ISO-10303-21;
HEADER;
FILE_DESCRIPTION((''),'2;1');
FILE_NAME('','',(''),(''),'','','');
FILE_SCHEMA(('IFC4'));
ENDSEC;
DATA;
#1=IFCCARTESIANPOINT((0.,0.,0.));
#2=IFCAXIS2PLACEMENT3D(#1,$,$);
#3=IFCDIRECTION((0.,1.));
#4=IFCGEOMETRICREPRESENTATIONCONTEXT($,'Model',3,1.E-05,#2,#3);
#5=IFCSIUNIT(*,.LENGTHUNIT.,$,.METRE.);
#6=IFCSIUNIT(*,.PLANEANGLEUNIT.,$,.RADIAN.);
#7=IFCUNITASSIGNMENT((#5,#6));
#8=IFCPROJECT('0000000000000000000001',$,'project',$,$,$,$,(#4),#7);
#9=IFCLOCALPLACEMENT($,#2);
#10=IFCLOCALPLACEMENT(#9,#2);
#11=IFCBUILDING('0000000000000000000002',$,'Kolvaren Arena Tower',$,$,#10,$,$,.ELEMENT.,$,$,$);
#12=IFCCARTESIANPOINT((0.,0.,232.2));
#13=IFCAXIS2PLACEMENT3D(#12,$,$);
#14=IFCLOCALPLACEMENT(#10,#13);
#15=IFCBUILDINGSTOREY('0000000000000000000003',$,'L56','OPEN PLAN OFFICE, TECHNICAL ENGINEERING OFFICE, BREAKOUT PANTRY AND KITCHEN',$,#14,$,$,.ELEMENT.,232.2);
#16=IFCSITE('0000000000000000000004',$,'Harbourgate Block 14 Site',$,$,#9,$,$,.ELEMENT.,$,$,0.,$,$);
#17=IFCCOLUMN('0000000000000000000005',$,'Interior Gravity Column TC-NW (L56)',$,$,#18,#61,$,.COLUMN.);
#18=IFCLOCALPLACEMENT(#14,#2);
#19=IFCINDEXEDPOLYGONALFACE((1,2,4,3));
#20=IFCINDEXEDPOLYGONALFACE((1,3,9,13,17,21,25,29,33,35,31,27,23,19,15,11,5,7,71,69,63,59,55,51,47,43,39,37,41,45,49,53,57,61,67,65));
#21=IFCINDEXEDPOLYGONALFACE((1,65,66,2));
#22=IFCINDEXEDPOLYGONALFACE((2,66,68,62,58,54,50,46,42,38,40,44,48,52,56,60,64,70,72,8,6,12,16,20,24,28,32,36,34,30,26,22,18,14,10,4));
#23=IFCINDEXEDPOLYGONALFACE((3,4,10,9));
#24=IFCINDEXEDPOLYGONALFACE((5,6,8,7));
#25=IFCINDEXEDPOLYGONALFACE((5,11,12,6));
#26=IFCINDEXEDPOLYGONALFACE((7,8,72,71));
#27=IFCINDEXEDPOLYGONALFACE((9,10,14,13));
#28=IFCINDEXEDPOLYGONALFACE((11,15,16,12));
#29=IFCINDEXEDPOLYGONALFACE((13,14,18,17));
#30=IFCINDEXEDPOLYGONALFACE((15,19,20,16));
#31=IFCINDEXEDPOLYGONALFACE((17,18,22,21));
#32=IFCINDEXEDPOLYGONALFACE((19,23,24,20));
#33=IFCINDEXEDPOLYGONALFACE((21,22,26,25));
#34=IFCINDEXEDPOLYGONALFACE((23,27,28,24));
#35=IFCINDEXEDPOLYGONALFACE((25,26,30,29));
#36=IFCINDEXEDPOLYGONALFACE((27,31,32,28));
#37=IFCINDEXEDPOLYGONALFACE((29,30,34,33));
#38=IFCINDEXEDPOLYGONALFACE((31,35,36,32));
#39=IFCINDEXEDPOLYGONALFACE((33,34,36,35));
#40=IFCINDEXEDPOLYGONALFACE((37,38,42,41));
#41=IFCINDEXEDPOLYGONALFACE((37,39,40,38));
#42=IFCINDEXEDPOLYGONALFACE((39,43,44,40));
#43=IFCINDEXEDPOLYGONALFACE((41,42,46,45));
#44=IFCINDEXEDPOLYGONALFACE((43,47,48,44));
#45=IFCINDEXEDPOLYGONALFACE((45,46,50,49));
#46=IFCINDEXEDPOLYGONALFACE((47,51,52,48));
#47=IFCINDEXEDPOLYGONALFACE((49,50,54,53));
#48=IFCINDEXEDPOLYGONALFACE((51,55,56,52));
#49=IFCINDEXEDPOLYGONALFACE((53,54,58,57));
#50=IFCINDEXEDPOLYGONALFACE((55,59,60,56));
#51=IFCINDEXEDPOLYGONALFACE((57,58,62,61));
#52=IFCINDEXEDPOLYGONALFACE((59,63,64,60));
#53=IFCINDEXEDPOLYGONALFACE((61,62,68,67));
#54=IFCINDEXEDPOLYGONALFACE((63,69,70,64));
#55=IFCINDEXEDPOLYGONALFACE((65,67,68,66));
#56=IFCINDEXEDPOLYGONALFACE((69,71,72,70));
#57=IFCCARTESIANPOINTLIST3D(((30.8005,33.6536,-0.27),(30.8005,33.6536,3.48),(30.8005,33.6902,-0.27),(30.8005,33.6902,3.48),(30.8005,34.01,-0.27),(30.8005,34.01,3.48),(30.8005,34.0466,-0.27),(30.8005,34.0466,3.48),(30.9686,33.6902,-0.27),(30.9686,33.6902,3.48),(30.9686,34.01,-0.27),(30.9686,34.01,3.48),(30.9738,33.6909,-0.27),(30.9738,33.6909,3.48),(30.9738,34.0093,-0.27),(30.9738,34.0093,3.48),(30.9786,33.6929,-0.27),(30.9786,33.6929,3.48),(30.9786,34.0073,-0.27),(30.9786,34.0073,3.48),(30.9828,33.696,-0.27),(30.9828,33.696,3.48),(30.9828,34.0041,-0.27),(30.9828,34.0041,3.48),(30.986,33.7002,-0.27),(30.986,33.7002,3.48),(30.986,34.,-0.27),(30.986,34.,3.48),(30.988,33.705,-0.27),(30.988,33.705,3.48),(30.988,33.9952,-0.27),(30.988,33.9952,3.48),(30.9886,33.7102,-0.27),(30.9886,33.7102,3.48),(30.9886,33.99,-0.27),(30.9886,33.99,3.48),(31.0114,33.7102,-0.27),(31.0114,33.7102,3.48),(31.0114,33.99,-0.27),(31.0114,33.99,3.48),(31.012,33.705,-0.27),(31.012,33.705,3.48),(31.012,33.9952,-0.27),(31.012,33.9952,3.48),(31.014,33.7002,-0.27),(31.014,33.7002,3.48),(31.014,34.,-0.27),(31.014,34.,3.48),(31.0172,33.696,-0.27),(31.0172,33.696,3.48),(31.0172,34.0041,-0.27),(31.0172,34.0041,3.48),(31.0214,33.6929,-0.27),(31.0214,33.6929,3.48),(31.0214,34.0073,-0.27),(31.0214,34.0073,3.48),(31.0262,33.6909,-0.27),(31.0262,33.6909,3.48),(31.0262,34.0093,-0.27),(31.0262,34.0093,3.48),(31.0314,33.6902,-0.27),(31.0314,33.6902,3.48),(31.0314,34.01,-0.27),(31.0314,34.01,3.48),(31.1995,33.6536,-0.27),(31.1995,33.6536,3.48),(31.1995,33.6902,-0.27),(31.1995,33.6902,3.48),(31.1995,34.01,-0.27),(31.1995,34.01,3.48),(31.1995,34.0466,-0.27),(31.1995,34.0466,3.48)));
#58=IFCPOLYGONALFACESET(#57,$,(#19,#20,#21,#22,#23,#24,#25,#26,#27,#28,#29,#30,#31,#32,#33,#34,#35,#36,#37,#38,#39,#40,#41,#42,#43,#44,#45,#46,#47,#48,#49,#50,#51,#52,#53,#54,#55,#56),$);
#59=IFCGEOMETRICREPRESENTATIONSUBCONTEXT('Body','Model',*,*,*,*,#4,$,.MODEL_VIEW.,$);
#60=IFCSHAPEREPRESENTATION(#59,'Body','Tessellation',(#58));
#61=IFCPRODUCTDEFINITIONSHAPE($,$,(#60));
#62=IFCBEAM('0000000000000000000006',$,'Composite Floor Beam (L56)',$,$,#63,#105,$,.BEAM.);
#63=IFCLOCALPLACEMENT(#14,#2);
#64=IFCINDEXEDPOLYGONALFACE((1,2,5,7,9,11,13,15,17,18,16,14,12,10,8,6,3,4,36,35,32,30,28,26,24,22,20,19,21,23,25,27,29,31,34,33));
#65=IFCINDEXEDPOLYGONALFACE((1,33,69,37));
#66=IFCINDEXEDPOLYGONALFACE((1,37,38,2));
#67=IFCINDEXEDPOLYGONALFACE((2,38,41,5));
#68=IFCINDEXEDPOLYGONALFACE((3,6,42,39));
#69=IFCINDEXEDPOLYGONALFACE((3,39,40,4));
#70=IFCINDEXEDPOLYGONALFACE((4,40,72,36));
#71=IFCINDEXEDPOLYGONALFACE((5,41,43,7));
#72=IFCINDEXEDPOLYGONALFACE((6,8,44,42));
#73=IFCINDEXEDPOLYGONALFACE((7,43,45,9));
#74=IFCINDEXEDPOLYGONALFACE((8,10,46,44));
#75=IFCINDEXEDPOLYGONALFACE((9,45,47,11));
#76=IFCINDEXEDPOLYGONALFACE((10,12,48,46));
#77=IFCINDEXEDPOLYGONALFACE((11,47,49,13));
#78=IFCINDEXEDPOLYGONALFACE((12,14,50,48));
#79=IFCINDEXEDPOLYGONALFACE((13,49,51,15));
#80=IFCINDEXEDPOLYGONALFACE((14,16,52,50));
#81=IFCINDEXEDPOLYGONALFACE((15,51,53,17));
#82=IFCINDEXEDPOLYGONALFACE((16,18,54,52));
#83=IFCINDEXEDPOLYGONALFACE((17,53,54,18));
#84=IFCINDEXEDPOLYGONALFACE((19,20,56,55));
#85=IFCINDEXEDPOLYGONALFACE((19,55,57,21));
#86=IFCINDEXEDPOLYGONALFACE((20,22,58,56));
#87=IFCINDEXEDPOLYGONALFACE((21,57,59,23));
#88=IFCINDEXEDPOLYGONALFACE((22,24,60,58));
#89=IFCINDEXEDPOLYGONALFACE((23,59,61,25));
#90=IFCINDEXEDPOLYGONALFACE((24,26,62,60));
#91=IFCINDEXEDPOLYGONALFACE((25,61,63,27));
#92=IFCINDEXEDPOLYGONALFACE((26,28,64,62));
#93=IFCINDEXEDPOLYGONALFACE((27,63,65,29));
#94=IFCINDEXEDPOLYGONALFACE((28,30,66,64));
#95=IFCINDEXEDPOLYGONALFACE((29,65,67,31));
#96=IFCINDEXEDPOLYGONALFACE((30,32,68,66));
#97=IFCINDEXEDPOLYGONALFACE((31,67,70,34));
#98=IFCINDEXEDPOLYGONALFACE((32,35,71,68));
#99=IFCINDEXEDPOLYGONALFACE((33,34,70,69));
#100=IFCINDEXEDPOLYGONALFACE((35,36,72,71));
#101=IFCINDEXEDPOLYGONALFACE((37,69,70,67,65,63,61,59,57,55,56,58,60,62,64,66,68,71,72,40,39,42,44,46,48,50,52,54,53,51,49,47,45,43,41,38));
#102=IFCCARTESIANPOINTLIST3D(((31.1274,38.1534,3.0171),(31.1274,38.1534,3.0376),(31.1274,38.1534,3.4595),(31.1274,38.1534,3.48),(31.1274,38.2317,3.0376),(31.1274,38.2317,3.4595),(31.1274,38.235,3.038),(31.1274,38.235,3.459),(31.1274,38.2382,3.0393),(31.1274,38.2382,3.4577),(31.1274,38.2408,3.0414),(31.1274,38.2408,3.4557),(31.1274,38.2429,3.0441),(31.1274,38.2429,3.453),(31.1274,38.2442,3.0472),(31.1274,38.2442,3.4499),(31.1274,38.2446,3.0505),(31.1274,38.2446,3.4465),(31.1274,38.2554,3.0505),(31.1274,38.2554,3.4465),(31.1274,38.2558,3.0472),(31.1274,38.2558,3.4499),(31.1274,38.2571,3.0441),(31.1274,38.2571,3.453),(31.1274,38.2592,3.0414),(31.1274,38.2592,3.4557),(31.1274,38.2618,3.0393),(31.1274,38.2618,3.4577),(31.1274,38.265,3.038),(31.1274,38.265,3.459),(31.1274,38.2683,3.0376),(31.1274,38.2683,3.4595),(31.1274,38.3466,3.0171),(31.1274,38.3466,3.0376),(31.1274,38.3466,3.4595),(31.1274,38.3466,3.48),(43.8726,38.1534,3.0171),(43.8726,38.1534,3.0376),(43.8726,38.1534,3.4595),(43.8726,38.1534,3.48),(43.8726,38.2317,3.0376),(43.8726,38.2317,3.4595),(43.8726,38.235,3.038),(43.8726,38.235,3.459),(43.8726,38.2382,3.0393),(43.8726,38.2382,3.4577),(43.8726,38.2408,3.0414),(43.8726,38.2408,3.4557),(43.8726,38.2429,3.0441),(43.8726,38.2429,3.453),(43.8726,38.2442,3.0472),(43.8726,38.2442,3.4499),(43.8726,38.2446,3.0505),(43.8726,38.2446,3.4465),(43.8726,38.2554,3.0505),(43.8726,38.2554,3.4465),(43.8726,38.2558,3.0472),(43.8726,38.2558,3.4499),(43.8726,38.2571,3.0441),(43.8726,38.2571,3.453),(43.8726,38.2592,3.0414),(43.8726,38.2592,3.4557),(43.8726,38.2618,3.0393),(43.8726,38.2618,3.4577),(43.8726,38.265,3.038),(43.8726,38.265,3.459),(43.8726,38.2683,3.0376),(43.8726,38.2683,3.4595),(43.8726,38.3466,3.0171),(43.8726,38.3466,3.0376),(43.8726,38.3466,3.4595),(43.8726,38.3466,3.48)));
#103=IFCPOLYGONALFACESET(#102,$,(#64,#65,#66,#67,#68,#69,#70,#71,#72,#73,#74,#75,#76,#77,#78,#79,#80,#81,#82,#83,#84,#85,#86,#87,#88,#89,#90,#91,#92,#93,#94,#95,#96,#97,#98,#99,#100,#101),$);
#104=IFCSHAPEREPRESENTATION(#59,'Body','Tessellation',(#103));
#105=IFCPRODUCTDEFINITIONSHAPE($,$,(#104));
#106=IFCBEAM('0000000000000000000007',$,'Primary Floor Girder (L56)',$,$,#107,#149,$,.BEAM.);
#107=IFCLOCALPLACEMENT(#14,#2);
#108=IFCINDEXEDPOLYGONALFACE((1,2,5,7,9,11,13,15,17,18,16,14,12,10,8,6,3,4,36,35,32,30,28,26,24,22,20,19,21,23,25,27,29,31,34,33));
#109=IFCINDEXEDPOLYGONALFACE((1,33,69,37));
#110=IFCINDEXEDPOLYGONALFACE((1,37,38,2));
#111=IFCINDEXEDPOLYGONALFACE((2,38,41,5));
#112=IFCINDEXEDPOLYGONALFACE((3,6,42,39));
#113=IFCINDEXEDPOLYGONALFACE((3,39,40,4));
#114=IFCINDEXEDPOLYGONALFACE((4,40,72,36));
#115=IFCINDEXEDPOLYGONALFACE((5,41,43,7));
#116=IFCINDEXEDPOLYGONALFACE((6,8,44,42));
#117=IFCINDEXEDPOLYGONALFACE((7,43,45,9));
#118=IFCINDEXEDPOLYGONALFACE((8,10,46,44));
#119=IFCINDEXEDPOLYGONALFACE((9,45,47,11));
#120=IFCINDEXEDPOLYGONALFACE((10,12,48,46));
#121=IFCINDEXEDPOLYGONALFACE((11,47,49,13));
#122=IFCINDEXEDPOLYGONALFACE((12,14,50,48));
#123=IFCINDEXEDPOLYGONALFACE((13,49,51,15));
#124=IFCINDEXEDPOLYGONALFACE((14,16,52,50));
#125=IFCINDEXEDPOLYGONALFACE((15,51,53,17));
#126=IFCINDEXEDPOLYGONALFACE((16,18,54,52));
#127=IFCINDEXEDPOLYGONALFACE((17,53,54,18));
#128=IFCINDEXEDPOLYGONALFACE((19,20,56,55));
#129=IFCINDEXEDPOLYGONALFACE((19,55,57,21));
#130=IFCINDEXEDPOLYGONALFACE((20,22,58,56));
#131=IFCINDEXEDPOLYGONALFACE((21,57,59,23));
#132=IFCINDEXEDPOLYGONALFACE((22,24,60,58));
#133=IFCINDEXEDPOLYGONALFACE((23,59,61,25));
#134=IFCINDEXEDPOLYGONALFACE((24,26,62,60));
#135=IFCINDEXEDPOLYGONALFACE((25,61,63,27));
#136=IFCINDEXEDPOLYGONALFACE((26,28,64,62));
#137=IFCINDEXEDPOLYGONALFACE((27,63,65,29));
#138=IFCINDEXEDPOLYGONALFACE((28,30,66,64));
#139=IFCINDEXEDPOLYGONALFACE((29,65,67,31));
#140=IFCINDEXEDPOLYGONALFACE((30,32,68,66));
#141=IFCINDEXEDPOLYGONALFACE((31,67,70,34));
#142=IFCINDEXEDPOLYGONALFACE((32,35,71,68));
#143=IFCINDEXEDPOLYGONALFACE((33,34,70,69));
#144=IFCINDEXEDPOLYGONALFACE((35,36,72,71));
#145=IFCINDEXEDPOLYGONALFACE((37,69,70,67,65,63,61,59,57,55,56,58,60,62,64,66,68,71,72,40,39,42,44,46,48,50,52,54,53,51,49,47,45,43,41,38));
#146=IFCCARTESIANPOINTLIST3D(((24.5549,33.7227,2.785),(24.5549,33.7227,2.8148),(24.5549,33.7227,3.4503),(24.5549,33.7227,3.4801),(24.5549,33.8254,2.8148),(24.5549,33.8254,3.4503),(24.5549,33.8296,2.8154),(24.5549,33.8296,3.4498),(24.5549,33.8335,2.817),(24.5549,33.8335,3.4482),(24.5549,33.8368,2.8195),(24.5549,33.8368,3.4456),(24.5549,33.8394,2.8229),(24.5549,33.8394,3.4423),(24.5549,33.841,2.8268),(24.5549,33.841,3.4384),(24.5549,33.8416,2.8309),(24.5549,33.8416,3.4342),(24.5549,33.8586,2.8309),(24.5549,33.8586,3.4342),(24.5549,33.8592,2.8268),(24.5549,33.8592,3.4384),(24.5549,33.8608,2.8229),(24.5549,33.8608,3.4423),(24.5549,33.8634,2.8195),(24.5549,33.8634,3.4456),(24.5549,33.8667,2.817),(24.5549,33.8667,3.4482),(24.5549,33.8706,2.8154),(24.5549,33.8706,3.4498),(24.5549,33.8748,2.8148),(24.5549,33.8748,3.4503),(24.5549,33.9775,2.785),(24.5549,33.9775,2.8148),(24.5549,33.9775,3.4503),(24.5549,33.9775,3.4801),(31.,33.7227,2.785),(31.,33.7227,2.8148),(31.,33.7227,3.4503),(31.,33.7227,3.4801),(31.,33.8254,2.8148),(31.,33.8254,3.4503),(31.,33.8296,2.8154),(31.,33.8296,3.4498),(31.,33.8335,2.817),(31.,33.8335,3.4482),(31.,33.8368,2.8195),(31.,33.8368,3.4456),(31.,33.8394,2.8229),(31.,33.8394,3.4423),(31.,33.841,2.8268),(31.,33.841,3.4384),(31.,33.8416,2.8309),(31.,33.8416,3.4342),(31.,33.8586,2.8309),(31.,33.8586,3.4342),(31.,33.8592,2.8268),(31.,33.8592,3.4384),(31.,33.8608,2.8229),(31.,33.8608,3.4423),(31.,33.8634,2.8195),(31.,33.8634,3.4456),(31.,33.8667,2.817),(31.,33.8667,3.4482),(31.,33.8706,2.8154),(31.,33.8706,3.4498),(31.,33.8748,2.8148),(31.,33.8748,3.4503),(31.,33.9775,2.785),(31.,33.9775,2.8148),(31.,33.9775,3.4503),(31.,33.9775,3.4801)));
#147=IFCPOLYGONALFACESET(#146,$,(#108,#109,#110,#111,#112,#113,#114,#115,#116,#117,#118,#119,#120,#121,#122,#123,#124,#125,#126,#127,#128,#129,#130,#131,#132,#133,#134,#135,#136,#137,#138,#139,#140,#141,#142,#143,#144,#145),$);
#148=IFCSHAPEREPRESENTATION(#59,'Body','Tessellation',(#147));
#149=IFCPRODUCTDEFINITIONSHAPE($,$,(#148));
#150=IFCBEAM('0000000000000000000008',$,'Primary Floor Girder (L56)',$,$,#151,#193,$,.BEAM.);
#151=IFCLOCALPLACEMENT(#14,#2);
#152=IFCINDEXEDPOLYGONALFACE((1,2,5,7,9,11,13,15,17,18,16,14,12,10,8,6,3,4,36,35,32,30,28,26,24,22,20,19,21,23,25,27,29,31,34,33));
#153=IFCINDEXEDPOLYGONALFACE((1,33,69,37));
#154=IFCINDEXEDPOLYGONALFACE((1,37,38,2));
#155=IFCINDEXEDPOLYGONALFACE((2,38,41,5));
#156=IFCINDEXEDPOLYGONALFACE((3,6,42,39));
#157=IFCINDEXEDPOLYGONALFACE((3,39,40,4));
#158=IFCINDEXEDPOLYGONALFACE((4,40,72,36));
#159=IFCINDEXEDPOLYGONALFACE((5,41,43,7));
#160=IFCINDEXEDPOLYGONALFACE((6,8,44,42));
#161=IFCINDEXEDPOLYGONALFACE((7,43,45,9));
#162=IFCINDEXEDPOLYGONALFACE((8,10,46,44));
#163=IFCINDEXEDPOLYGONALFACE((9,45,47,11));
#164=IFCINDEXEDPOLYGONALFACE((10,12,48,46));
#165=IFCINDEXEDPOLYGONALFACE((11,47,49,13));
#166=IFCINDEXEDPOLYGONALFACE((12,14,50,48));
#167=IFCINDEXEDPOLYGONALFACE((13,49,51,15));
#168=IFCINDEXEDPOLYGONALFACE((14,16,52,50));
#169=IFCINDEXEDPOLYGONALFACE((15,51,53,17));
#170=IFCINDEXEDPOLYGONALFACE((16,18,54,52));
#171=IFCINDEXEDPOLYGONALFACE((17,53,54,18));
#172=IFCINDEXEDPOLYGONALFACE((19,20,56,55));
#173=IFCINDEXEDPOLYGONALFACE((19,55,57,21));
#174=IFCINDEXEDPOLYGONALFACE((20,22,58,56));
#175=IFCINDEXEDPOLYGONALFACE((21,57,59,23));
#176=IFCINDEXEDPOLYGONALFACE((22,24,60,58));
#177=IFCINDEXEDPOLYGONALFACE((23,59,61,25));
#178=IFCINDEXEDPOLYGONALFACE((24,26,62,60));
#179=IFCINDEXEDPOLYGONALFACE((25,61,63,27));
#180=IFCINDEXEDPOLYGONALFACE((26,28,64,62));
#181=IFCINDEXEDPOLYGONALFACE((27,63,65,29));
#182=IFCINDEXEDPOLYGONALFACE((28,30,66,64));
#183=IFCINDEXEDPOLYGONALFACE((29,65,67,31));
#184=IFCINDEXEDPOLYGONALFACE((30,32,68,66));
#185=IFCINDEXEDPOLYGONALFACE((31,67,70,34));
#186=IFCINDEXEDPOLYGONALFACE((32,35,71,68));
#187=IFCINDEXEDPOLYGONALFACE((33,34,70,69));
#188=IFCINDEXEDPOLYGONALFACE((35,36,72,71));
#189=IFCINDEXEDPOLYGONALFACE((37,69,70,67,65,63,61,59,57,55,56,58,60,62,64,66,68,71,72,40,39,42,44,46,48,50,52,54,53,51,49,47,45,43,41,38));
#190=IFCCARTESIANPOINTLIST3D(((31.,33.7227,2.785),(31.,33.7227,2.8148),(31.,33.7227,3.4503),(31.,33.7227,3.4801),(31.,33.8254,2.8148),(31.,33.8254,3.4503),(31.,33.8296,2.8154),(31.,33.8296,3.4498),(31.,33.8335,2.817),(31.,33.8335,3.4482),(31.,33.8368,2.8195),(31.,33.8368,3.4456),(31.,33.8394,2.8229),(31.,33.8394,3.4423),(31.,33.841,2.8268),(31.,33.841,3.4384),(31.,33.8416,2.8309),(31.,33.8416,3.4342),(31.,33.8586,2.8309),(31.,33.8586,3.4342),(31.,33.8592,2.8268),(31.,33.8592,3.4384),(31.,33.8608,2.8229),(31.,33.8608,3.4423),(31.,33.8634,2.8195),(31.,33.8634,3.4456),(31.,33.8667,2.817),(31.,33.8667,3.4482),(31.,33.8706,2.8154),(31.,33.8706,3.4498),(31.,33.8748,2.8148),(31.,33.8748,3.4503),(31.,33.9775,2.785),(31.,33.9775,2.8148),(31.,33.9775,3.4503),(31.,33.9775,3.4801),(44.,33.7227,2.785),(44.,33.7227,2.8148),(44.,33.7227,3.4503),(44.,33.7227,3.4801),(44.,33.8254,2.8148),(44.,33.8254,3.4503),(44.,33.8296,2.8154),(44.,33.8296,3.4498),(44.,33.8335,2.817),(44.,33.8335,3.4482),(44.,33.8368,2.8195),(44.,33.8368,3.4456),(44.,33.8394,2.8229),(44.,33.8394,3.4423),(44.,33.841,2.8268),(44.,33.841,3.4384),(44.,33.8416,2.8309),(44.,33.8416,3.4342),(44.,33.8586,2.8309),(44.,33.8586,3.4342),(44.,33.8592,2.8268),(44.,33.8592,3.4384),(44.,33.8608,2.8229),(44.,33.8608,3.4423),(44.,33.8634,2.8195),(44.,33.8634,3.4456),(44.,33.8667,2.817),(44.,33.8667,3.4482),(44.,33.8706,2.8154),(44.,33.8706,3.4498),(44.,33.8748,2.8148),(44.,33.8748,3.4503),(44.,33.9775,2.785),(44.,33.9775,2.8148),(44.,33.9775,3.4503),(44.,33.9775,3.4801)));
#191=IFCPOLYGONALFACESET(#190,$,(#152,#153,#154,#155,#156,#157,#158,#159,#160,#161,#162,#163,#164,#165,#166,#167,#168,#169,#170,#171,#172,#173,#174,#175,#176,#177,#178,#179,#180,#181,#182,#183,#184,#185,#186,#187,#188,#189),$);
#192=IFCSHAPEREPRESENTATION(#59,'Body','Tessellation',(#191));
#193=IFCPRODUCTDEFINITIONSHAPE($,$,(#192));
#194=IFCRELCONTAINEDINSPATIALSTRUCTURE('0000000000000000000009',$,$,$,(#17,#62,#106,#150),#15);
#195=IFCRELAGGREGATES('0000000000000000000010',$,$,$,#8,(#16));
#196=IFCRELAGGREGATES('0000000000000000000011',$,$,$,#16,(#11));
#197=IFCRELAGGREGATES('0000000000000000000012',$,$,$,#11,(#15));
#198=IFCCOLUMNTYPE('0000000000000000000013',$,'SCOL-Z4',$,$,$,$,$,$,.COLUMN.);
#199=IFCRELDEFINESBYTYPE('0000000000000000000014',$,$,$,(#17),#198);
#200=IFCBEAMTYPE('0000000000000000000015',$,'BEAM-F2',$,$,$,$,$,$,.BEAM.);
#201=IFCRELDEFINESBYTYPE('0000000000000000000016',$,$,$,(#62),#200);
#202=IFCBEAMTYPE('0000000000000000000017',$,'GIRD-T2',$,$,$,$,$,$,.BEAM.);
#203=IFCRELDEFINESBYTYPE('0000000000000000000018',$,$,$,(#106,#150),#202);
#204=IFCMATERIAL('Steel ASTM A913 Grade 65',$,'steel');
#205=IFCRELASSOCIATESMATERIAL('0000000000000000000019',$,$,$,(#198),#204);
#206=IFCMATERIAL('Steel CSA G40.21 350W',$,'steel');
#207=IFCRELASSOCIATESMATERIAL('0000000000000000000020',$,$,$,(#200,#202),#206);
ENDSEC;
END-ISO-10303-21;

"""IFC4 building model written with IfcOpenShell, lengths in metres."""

from ifc_helpers import new_model, si_unit, direction, frame, origin, origin_2d, place, context, subcontext, project, spatial, i_section, extrude, material, material_profile, profile_set, type_object, element, save


model = new_model("IFC4")

# Units and contexts
model_context = context("Model", 3, precision=1e-05, world=origin(), true_north=direction((0.0, 1.0)))
body_context = subcontext(model_context, "Body", "Model", "MODEL_VIEW")
ifc_project = project(units=[si_unit("LENGTHUNIT", "METRE"), si_unit("PLANEANGLEUNIT", "RADIAN")], contexts=[model_context])

# Site, building, storey
site_placement = place(None, origin())
site = spatial("IfcSite", under=ifc_project, at=site_placement, Name="Harbourgate Block 14 Site", CompositionType="ELEMENT", RefElevation=0.0)
building_placement = place(site_placement, origin())
building = spatial("IfcBuilding", under=site, at=building_placement, Name="Kolvaren Arena Tower", CompositionType="ELEMENT")
storey_placement = place(building_placement, frame((0.0, 0.0, 232.2)))
storey = spatial("IfcBuildingStorey", under=building, at=storey_placement, Name="L56", Description="OPEN PLAN OFFICE, TECHNICAL ENGINEERING OFFICE, BREAKOUT PANTRY AND KITCHEN", CompositionType="ELEMENT", Elevation=232.2)

# Column
ifc_material_1 = material(Name="Steel ASTM A913 Grade 65", Category="steel")
ifc_material_profile_1 = material_profile(ifc_material_1, i_section(OverallWidth=0.3989, OverallDepth=0.3931, WebThickness=0.0227, FlangeThickness=0.0366, FilletRadius=0.02, at=origin_2d()), Name="W360x287")
ifc_profile_set_1 = profile_set([ifc_material_profile_1], Name="Steel ASTM A913 Grade 65")
column_type = type_object("IfcColumnType", Name="SCOL-Z4", PredefinedType="COLUMN", material=ifc_profile_set_1)
column_placement = place(storey_placement, frame((31.0, 33.8501, -0.27), z_axis=(0.0, 0.0, 1.0), x_axis=(1.0, 0.0, 0.0)))
element("IfcColumn", 1, at=column_placement, inside=storey, type_object=column_type, Name="Interior Gravity Column TC-NW (L56)", PredefinedType="COLUMN", context=body_context, shape_type="SweptSolid", body=[
    extrude(i_section(OverallWidth=0.3989, OverallDepth=0.3931, WebThickness=0.0227, FlangeThickness=0.0366, FilletRadius=0.02, at=origin_2d()), origin(), (0.0, 0.0, 1.0), 3.75),
])

# Beams
ifc_material_2 = material(Name="Steel CSA G40.21 350W", Category="steel")
ifc_material_profile_2 = material_profile(ifc_material_2, i_section(OverallWidth=0.1931, OverallDepth=0.4629, WebThickness=0.0107, FlangeThickness=0.0205, FilletRadius=0.0129, at=origin_2d()), Name="W460x113")
ifc_profile_set_2 = profile_set([ifc_material_profile_2], Name="Steel CSA G40.21 350W")
beam_type_1 = type_object("IfcBeamType", Name="BEAM-F2", PredefinedType="BEAM", material=ifc_profile_set_2)
beam_1_placement = place(storey_placement, frame((31.1274, 38.25, 3.2485), z_axis=(1.0, 0.0, 0.0), x_axis=(0.0, 1.0, 0.0)))
element("IfcBeam", 2, at=beam_1_placement, inside=storey, type_object=beam_type_1, Name="Composite Floor Beam (L56)", PredefinedType="BEAM", context=body_context, shape_type="SweptSolid", body=[
    extrude(i_section(OverallWidth=0.1931, OverallDepth=0.4629, WebThickness=0.0107, FlangeThickness=0.0205, FilletRadius=0.0129, at=origin_2d()), origin(), (0.0, 0.0, 1.0), 12.7451),
])
ifc_material_profile_3 = material_profile(ifc_material_2, i_section(OverallWidth=0.2549, OverallDepth=0.6951, WebThickness=0.0171, FlangeThickness=0.0298, FilletRadius=0.0161, at=origin_2d()), Name="W690x217")
ifc_profile_set_3 = profile_set([ifc_material_profile_3], Name="Steel CSA G40.21 350W")
beam_type_2 = type_object("IfcBeamType", Name="GIRD-T2", PredefinedType="BEAM", material=ifc_profile_set_3)
beam_2_placement = place(storey_placement, frame((24.5549, 33.8501, 3.1326), z_axis=(1.0, 0.0, 0.0), x_axis=(0.0, 1.0, 0.0)))
element("IfcBeam", 3, at=beam_2_placement, inside=storey, type_object=beam_type_2, Name="Primary Floor Girder (L56)", PredefinedType="BEAM", context=body_context, shape_type="SweptSolid", body=[
    extrude(i_section(OverallWidth=0.2549, OverallDepth=0.6951, WebThickness=0.0171, FlangeThickness=0.0298, FilletRadius=0.0161, at=origin_2d()), origin(), (0.0, 0.0, 1.0), 6.4451),
])
beam_3_placement = place(storey_placement, frame((31.0, 33.8501, 3.1326), z_axis=(1.0, 0.0, 0.0), x_axis=(0.0, 1.0, 0.0)))
element("IfcBeam", 4, at=beam_3_placement, inside=storey, type_object=beam_type_2, Name="Primary Floor Girder (L56)", PredefinedType="BEAM", context=body_context, shape_type="SweptSolid", body=[
    extrude(i_section(OverallWidth=0.2549, OverallDepth=0.6951, WebThickness=0.0171, FlangeThickness=0.0298, FilletRadius=0.0161, at=origin_2d()), origin(), (0.0, 0.0, 1.0), 13.0),
])

save(model, "model.ifc")
